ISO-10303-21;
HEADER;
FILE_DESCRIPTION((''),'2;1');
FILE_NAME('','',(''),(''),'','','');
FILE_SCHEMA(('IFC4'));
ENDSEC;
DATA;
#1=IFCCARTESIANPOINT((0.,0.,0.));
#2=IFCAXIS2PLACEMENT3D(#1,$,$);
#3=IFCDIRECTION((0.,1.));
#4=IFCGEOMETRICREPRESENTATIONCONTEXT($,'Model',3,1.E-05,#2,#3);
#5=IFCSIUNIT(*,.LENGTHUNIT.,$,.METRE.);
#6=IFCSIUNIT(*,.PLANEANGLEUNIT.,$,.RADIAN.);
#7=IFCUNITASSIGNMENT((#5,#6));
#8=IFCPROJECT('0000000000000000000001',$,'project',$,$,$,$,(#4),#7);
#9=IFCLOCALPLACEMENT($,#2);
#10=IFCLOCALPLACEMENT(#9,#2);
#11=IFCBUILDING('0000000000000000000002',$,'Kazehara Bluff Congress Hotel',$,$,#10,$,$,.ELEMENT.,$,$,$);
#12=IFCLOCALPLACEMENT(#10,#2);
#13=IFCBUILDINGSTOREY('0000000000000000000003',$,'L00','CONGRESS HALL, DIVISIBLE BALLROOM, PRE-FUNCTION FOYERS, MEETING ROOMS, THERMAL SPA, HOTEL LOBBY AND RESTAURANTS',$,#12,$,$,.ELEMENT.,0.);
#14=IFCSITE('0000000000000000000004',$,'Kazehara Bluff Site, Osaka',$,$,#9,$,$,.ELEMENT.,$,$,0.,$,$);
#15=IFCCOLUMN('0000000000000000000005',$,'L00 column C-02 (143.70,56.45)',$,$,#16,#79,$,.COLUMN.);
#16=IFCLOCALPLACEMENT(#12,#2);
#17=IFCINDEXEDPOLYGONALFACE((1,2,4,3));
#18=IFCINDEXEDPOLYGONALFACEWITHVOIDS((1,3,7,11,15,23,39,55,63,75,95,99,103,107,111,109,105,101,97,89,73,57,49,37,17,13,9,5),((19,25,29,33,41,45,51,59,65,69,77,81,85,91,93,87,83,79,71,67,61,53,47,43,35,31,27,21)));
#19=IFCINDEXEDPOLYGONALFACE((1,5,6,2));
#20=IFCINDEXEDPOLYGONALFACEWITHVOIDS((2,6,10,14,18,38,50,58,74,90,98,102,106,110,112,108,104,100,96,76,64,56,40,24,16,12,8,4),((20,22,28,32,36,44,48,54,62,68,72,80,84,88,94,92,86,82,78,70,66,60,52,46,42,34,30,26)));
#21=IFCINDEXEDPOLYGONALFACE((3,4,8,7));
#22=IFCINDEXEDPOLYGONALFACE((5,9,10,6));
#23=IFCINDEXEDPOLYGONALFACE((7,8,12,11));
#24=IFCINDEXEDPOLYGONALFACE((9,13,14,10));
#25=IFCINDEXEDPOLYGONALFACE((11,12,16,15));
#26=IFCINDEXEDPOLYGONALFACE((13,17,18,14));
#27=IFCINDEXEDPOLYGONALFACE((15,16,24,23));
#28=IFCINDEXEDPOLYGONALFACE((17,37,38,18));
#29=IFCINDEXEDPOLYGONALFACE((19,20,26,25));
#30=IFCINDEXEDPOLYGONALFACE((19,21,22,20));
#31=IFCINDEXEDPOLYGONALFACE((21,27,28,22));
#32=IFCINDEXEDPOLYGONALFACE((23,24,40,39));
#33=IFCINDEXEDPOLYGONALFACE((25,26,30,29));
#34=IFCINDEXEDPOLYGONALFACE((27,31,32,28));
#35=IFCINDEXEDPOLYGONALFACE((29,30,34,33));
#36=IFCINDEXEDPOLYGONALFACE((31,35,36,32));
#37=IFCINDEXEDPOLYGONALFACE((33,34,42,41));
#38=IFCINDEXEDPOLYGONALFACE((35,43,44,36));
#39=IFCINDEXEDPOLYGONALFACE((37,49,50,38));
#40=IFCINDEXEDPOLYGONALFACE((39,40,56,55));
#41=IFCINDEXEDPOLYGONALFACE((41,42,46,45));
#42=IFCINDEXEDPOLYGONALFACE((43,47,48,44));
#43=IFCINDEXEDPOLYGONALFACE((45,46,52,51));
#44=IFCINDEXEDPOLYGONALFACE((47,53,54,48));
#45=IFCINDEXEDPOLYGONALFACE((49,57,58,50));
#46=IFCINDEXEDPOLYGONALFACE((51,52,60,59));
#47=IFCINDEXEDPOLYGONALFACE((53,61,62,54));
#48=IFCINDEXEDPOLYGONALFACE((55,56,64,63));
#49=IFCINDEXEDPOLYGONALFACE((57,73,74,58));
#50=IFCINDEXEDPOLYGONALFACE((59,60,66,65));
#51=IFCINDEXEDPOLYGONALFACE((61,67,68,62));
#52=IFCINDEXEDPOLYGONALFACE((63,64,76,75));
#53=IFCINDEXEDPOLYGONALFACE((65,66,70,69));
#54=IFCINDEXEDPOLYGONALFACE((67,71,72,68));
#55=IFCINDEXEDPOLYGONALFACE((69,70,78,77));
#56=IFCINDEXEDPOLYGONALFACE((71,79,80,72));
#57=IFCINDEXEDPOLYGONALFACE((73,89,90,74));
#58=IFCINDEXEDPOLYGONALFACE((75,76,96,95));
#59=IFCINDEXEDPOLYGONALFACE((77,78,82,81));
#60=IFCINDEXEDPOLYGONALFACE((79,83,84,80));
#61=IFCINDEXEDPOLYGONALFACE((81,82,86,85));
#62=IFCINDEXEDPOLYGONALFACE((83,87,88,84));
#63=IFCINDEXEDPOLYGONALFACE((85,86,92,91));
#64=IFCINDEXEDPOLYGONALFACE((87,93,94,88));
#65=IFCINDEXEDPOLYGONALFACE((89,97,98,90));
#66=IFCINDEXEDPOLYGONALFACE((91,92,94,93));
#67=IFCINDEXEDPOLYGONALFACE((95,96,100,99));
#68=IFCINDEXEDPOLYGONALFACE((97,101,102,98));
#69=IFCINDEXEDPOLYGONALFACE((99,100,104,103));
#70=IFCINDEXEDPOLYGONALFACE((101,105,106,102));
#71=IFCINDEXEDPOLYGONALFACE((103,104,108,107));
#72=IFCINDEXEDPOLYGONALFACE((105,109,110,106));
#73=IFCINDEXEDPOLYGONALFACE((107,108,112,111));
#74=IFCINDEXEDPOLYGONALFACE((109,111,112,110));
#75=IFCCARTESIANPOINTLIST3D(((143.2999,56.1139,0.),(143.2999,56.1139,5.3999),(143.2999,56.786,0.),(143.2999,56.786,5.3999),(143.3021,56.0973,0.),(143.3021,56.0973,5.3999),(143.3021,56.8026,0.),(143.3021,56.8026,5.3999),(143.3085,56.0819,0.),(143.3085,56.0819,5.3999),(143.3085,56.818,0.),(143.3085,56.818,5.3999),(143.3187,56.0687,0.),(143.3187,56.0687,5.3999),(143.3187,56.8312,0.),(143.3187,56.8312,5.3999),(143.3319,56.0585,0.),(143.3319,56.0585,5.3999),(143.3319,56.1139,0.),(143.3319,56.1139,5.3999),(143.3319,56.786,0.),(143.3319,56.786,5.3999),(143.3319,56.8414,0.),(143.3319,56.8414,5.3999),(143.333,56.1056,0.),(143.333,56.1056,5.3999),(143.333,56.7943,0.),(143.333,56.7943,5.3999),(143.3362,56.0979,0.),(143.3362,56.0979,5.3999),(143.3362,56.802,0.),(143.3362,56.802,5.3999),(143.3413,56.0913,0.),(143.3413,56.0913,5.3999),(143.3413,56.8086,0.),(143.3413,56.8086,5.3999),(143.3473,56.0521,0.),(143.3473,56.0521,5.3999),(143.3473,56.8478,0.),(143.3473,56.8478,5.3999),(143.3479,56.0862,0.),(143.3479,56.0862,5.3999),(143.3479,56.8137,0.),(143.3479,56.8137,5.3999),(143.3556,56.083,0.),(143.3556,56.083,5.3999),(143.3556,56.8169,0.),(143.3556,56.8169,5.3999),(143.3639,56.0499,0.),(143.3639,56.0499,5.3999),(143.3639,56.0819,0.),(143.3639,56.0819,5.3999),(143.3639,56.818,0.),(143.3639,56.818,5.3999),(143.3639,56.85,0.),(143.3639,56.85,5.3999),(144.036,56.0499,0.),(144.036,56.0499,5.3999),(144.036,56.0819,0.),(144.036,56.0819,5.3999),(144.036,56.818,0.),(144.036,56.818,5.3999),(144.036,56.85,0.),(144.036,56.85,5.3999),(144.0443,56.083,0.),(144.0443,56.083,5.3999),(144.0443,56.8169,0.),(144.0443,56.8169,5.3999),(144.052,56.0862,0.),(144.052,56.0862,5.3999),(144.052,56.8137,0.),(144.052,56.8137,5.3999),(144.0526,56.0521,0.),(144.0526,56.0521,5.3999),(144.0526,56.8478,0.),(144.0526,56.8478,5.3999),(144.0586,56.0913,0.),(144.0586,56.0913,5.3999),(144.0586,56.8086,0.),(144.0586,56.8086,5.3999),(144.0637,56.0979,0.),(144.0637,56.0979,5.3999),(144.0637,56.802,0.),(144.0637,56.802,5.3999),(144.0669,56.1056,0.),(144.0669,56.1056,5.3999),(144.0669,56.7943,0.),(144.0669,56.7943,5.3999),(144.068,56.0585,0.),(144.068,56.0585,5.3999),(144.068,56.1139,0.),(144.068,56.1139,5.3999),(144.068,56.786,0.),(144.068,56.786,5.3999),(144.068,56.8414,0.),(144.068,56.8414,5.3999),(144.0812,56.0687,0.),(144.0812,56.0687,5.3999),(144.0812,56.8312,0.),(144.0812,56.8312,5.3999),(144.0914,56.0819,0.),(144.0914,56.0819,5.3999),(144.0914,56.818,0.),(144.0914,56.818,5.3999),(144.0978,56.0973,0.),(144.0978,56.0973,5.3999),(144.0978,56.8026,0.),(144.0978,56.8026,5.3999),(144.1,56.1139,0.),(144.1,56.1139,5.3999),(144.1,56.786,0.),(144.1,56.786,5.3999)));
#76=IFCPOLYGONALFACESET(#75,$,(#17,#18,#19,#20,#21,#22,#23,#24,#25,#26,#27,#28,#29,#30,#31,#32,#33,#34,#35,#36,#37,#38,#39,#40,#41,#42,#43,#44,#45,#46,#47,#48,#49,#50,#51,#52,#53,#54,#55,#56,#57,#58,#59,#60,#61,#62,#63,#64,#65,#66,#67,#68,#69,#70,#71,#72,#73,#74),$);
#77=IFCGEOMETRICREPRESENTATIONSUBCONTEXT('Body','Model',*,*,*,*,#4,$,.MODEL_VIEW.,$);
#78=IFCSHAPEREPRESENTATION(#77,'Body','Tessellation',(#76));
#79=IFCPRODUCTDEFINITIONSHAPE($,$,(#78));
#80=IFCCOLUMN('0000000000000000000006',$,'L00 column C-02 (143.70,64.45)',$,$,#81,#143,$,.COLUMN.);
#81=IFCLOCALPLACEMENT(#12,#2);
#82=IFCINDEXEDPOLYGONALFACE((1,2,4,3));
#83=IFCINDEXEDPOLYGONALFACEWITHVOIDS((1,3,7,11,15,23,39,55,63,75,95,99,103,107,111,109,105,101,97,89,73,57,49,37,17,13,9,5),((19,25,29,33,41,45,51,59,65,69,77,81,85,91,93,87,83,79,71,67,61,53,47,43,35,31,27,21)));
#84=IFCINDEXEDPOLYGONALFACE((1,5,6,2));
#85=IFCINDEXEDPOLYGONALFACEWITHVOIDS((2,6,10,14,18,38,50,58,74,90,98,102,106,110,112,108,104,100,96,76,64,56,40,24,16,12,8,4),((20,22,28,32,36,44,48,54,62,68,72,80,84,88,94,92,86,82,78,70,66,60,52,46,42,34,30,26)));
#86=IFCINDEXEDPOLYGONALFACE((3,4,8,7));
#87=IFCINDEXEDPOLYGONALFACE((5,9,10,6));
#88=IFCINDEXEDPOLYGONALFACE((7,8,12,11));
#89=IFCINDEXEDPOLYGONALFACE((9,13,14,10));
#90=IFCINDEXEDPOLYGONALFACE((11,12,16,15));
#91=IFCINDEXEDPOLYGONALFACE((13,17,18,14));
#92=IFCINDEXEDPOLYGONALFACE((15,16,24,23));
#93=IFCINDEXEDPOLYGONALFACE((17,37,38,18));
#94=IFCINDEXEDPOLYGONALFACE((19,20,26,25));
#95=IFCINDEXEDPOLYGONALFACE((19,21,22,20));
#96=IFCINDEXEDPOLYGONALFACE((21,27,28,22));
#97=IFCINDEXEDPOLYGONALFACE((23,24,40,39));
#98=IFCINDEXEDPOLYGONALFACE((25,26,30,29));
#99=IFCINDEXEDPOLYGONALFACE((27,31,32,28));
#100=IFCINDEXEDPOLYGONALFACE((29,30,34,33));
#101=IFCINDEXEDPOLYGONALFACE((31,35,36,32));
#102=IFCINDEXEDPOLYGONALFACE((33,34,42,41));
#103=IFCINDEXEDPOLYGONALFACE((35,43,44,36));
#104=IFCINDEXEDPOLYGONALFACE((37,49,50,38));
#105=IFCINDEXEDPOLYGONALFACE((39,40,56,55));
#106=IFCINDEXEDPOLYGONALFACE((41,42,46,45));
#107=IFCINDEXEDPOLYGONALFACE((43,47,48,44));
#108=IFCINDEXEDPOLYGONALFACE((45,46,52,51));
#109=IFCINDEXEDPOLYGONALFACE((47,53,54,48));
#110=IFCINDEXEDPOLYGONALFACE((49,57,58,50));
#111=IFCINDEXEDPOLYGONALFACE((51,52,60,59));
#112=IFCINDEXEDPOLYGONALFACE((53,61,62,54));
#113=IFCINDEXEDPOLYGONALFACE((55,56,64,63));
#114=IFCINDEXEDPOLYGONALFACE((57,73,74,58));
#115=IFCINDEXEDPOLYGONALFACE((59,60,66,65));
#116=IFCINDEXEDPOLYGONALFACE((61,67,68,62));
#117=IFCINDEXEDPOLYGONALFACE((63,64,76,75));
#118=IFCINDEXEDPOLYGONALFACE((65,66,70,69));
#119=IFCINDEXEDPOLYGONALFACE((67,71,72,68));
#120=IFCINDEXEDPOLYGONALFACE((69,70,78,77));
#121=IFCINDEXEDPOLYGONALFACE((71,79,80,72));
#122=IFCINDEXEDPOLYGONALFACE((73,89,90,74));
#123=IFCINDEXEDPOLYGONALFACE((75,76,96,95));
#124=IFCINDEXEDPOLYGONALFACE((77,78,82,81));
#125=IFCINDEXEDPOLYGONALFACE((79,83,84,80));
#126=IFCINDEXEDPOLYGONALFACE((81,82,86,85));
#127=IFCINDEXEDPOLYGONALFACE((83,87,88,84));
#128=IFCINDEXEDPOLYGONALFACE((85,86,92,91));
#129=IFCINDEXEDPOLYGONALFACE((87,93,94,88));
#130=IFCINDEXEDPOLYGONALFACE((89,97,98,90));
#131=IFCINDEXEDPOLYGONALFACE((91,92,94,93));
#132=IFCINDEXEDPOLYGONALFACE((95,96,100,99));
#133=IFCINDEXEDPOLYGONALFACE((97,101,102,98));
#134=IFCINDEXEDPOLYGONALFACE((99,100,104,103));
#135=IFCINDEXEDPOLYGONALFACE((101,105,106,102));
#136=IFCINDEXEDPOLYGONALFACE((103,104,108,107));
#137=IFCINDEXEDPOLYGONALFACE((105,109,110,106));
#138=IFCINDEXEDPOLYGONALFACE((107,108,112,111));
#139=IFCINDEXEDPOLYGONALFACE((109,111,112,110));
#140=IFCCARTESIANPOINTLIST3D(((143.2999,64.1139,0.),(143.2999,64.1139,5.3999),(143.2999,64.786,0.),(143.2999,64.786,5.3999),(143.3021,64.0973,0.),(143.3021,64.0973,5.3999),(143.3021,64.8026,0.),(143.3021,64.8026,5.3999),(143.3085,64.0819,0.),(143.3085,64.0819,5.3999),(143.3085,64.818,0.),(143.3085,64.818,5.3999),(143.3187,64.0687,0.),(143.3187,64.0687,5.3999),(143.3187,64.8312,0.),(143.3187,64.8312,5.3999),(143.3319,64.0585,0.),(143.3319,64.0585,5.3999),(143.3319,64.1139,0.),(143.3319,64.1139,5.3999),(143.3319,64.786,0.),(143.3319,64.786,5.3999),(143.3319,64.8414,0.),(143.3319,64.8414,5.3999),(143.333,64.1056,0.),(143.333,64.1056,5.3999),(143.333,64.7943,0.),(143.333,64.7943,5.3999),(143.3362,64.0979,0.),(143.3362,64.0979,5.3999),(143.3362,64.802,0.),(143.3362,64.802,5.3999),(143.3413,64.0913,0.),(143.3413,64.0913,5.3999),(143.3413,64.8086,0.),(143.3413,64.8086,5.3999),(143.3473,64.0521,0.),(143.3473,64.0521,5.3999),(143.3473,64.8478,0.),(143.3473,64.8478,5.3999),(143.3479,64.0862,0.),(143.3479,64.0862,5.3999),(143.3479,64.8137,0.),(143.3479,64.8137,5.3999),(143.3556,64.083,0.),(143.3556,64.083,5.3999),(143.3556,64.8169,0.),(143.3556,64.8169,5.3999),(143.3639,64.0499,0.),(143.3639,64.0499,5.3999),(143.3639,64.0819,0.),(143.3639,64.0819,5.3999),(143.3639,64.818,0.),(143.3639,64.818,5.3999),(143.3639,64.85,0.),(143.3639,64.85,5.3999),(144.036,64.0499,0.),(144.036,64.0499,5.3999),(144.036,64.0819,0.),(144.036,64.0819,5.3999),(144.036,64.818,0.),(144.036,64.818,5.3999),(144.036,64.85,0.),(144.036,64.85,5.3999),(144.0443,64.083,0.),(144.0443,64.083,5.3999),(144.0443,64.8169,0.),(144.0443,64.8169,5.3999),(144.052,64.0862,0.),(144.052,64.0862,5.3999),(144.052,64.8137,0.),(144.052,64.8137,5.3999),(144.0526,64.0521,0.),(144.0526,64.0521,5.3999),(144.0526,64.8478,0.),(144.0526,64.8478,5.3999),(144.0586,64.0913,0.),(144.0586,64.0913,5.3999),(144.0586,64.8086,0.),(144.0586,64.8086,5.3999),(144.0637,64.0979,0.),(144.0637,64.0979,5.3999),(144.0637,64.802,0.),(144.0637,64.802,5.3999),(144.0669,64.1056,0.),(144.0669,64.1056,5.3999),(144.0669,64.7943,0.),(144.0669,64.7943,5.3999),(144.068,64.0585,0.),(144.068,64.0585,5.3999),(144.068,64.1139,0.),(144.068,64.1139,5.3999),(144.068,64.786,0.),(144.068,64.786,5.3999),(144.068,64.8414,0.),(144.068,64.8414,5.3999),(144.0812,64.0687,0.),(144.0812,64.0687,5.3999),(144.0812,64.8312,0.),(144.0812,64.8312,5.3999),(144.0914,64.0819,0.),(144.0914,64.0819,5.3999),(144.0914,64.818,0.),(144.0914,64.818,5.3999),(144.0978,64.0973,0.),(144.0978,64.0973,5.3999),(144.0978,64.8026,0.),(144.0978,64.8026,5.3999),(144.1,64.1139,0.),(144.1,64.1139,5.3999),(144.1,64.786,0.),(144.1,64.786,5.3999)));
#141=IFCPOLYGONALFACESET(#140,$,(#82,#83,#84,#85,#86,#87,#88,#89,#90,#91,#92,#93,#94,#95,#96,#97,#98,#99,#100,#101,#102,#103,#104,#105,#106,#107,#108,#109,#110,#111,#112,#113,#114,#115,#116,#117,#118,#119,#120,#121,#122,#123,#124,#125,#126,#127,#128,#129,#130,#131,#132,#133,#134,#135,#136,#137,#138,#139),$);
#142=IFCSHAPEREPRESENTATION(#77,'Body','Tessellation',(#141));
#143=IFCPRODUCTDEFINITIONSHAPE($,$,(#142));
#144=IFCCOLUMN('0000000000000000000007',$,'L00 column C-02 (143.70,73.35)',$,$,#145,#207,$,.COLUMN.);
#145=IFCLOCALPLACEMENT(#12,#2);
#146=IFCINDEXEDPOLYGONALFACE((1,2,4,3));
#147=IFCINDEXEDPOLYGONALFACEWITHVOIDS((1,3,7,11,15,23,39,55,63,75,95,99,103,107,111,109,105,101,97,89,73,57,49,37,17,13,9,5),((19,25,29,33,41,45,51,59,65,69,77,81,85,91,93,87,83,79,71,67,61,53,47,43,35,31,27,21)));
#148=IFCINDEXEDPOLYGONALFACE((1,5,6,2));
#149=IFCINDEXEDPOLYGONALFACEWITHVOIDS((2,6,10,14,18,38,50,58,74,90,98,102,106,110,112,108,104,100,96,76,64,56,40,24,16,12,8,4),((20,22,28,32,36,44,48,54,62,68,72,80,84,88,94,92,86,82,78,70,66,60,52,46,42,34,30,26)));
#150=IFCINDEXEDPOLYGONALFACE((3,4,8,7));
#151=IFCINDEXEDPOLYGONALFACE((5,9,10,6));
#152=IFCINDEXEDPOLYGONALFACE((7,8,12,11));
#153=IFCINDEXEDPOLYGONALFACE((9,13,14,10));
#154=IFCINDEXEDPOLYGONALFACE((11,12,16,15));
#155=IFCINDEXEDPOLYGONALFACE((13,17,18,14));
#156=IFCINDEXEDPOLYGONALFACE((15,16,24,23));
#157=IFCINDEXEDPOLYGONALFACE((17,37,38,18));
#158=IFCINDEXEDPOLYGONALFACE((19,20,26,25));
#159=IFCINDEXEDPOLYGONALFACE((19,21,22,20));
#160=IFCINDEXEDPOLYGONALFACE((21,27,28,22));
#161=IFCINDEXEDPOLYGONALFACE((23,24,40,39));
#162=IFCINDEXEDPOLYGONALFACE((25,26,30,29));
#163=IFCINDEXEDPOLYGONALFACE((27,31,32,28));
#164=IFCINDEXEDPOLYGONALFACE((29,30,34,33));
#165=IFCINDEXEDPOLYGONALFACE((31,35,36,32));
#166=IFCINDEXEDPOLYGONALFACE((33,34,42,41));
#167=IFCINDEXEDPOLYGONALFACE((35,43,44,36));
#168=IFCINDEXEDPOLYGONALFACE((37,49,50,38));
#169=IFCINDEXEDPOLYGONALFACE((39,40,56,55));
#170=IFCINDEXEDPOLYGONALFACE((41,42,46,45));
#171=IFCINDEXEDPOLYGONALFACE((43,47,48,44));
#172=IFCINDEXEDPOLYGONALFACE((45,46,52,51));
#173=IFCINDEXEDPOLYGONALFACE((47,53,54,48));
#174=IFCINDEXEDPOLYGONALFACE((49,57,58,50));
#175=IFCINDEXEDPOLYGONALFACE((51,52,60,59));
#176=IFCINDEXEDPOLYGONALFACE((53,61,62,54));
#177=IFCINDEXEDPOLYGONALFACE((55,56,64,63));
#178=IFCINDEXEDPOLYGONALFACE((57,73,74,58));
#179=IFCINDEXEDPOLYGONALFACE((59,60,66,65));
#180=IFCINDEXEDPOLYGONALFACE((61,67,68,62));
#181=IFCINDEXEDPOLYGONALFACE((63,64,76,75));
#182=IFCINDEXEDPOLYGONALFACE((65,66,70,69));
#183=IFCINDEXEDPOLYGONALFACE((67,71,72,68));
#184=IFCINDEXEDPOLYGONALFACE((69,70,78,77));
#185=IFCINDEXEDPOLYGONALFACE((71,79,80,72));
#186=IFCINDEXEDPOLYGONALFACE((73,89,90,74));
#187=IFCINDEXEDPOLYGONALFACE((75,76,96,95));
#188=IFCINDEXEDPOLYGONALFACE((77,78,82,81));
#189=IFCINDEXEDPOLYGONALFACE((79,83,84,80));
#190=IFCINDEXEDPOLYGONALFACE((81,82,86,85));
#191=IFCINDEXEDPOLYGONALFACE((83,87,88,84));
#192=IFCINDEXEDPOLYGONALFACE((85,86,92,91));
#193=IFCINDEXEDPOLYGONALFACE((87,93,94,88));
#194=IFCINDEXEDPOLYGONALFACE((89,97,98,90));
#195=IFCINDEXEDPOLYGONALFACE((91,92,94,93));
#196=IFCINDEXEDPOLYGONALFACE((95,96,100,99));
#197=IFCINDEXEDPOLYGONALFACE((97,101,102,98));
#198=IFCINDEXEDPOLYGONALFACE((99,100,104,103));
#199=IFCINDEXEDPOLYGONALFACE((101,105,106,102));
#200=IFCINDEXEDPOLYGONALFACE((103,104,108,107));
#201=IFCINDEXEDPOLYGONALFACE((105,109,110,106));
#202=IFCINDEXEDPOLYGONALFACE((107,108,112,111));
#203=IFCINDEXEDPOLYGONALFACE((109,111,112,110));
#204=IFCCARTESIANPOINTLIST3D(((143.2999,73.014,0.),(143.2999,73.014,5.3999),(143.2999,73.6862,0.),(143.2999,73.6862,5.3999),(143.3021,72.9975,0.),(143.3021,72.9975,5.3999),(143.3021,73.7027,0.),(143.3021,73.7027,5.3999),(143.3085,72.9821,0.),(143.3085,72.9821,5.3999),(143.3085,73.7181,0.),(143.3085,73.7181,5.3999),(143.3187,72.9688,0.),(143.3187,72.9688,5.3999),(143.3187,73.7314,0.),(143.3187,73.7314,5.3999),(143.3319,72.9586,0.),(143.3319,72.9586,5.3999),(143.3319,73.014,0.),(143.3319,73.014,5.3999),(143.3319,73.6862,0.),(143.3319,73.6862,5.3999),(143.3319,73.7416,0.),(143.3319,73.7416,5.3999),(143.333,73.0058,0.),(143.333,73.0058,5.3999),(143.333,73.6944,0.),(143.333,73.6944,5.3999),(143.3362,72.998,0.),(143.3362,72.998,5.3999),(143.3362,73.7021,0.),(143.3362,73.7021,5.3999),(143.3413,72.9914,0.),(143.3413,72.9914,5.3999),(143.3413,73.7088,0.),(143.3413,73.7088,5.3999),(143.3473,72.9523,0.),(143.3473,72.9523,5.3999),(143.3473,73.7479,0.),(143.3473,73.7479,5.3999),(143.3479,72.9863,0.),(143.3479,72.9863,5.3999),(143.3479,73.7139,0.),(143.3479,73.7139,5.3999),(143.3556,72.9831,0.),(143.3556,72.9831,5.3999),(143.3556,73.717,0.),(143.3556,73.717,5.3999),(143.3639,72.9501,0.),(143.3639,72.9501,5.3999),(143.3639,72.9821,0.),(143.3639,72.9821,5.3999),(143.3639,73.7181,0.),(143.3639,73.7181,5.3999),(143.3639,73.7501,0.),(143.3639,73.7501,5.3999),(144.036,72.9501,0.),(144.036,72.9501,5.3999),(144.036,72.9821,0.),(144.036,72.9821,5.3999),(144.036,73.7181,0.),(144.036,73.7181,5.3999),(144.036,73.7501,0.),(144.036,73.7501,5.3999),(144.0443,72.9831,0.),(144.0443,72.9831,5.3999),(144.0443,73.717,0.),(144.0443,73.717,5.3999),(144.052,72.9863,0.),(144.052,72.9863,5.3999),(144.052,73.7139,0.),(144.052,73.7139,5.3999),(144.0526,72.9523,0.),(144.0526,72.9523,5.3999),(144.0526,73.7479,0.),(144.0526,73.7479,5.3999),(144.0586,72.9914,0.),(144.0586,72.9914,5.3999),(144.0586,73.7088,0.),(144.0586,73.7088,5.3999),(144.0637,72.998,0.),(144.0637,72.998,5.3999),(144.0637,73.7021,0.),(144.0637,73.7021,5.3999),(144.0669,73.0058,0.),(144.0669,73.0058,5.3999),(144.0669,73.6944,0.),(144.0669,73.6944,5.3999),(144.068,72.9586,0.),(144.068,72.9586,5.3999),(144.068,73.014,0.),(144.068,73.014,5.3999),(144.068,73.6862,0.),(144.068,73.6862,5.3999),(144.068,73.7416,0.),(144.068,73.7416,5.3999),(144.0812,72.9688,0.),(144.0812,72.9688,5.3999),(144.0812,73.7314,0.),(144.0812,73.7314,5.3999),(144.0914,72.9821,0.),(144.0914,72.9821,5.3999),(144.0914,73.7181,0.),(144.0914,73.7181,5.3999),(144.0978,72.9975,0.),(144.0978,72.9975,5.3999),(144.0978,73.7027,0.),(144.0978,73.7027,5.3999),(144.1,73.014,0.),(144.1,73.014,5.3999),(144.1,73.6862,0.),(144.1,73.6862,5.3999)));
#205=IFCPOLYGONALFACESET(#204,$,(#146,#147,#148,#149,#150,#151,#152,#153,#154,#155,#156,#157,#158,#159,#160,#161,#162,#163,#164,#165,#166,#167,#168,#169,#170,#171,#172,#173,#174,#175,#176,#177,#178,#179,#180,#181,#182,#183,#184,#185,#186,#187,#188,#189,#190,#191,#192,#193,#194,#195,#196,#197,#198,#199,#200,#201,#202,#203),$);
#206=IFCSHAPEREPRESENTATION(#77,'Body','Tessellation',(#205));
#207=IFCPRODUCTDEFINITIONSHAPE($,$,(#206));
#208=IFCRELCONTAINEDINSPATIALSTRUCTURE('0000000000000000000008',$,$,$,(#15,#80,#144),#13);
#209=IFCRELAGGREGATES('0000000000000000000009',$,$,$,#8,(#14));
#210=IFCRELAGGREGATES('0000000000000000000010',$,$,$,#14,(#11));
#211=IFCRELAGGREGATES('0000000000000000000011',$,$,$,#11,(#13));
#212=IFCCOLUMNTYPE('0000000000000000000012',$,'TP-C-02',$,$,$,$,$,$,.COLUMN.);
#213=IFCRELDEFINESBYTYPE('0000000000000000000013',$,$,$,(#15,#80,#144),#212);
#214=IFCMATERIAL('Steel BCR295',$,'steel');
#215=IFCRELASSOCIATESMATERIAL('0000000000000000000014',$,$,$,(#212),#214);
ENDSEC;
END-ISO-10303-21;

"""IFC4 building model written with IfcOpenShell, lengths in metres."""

from ifc_helpers import new_model, si_unit, direction, frame, origin, origin_2d, place, context, subcontext, project, spatial, hollow_rectangle, extrude, material, material_profile, profile_set, type_object, element, save


model = new_model("IFC4")

# Units and contexts
model_context = context("Model", 3, precision=1e-05, world=origin(), true_north=direction((0.0, 1.0)))
body_context = subcontext(model_context, "Body", "Model", "MODEL_VIEW")
ifc_project = project(units=[si_unit("LENGTHUNIT", "METRE"), si_unit("PLANEANGLEUNIT", "RADIAN")], contexts=[model_context])

# Site, building, storey
site_placement = place(None, origin())
site = spatial("IfcSite", under=ifc_project, at=site_placement, Name="Kazehara Bluff Site, Osaka", CompositionType="ELEMENT", RefElevation=0.0)
building_placement = place(site_placement, origin())
building = spatial("IfcBuilding", under=site, at=building_placement, Name="Kazehara Bluff Congress Hotel", CompositionType="ELEMENT")
storey_placement = place(building_placement, origin())
storey = spatial("IfcBuildingStorey", under=building, at=storey_placement, Name="L00", Description="CONGRESS HALL, DIVISIBLE BALLROOM, PRE-FUNCTION FOYERS, MEETING ROOMS, THERMAL SPA, HOTEL LOBBY AND RESTAURANTS", CompositionType="ELEMENT", Elevation=0.0)

# Columns
ifc_material_1 = material(Name="Steel BCR295", Category="steel")
ifc_material_profile_1 = material_profile(ifc_material_1, hollow_rectangle(XDim=0.8, YDim=0.8, WallThickness=0.032, InnerFilletRadius=0.032, OuterFilletRadius=0.064, at=origin_2d()))
ifc_profile_set_1 = profile_set([ifc_material_profile_1], Name="Steel BCR295")
column_type = type_object("IfcColumnType", Name="TP-C-02", PredefinedType="COLUMN", material=ifc_profile_set_1)
for number, where, z_axis, x_axis, name in (
    (1, (143.7, 56.45, 0.0), (0.0, 0.0, 1.0), (1.0, 0.0, 0.0), "L00 column C-02 (143.70,56.45)"),
    (2, (143.7, 64.45, 0.0), (0.0, 0.0, 1.0), (1.0, 0.0, 0.0), "L00 column C-02 (143.70,64.45)"),
    (3, (143.7, 73.3501, 0.0), (0.0, 0.0, 1.0), (1.0, 0.0, 0.0), "L00 column C-02 (143.70,73.35)"),
):
    element("IfcColumn", number, at=place(storey_placement, frame(where, z_axis=z_axis, x_axis=x_axis)), inside=storey, type_object=column_type, Name=name, PredefinedType="COLUMN", context=body_context, shape_type="SweptSolid", body=[
        extrude(hollow_rectangle(XDim=0.8, YDim=0.8, WallThickness=0.032, InnerFilletRadius=0.032, OuterFilletRadius=0.064, at=origin_2d()), origin(), (0.0, 0.0, 1.0), 5.3999),
    ])

save(model, "model.ifc")
